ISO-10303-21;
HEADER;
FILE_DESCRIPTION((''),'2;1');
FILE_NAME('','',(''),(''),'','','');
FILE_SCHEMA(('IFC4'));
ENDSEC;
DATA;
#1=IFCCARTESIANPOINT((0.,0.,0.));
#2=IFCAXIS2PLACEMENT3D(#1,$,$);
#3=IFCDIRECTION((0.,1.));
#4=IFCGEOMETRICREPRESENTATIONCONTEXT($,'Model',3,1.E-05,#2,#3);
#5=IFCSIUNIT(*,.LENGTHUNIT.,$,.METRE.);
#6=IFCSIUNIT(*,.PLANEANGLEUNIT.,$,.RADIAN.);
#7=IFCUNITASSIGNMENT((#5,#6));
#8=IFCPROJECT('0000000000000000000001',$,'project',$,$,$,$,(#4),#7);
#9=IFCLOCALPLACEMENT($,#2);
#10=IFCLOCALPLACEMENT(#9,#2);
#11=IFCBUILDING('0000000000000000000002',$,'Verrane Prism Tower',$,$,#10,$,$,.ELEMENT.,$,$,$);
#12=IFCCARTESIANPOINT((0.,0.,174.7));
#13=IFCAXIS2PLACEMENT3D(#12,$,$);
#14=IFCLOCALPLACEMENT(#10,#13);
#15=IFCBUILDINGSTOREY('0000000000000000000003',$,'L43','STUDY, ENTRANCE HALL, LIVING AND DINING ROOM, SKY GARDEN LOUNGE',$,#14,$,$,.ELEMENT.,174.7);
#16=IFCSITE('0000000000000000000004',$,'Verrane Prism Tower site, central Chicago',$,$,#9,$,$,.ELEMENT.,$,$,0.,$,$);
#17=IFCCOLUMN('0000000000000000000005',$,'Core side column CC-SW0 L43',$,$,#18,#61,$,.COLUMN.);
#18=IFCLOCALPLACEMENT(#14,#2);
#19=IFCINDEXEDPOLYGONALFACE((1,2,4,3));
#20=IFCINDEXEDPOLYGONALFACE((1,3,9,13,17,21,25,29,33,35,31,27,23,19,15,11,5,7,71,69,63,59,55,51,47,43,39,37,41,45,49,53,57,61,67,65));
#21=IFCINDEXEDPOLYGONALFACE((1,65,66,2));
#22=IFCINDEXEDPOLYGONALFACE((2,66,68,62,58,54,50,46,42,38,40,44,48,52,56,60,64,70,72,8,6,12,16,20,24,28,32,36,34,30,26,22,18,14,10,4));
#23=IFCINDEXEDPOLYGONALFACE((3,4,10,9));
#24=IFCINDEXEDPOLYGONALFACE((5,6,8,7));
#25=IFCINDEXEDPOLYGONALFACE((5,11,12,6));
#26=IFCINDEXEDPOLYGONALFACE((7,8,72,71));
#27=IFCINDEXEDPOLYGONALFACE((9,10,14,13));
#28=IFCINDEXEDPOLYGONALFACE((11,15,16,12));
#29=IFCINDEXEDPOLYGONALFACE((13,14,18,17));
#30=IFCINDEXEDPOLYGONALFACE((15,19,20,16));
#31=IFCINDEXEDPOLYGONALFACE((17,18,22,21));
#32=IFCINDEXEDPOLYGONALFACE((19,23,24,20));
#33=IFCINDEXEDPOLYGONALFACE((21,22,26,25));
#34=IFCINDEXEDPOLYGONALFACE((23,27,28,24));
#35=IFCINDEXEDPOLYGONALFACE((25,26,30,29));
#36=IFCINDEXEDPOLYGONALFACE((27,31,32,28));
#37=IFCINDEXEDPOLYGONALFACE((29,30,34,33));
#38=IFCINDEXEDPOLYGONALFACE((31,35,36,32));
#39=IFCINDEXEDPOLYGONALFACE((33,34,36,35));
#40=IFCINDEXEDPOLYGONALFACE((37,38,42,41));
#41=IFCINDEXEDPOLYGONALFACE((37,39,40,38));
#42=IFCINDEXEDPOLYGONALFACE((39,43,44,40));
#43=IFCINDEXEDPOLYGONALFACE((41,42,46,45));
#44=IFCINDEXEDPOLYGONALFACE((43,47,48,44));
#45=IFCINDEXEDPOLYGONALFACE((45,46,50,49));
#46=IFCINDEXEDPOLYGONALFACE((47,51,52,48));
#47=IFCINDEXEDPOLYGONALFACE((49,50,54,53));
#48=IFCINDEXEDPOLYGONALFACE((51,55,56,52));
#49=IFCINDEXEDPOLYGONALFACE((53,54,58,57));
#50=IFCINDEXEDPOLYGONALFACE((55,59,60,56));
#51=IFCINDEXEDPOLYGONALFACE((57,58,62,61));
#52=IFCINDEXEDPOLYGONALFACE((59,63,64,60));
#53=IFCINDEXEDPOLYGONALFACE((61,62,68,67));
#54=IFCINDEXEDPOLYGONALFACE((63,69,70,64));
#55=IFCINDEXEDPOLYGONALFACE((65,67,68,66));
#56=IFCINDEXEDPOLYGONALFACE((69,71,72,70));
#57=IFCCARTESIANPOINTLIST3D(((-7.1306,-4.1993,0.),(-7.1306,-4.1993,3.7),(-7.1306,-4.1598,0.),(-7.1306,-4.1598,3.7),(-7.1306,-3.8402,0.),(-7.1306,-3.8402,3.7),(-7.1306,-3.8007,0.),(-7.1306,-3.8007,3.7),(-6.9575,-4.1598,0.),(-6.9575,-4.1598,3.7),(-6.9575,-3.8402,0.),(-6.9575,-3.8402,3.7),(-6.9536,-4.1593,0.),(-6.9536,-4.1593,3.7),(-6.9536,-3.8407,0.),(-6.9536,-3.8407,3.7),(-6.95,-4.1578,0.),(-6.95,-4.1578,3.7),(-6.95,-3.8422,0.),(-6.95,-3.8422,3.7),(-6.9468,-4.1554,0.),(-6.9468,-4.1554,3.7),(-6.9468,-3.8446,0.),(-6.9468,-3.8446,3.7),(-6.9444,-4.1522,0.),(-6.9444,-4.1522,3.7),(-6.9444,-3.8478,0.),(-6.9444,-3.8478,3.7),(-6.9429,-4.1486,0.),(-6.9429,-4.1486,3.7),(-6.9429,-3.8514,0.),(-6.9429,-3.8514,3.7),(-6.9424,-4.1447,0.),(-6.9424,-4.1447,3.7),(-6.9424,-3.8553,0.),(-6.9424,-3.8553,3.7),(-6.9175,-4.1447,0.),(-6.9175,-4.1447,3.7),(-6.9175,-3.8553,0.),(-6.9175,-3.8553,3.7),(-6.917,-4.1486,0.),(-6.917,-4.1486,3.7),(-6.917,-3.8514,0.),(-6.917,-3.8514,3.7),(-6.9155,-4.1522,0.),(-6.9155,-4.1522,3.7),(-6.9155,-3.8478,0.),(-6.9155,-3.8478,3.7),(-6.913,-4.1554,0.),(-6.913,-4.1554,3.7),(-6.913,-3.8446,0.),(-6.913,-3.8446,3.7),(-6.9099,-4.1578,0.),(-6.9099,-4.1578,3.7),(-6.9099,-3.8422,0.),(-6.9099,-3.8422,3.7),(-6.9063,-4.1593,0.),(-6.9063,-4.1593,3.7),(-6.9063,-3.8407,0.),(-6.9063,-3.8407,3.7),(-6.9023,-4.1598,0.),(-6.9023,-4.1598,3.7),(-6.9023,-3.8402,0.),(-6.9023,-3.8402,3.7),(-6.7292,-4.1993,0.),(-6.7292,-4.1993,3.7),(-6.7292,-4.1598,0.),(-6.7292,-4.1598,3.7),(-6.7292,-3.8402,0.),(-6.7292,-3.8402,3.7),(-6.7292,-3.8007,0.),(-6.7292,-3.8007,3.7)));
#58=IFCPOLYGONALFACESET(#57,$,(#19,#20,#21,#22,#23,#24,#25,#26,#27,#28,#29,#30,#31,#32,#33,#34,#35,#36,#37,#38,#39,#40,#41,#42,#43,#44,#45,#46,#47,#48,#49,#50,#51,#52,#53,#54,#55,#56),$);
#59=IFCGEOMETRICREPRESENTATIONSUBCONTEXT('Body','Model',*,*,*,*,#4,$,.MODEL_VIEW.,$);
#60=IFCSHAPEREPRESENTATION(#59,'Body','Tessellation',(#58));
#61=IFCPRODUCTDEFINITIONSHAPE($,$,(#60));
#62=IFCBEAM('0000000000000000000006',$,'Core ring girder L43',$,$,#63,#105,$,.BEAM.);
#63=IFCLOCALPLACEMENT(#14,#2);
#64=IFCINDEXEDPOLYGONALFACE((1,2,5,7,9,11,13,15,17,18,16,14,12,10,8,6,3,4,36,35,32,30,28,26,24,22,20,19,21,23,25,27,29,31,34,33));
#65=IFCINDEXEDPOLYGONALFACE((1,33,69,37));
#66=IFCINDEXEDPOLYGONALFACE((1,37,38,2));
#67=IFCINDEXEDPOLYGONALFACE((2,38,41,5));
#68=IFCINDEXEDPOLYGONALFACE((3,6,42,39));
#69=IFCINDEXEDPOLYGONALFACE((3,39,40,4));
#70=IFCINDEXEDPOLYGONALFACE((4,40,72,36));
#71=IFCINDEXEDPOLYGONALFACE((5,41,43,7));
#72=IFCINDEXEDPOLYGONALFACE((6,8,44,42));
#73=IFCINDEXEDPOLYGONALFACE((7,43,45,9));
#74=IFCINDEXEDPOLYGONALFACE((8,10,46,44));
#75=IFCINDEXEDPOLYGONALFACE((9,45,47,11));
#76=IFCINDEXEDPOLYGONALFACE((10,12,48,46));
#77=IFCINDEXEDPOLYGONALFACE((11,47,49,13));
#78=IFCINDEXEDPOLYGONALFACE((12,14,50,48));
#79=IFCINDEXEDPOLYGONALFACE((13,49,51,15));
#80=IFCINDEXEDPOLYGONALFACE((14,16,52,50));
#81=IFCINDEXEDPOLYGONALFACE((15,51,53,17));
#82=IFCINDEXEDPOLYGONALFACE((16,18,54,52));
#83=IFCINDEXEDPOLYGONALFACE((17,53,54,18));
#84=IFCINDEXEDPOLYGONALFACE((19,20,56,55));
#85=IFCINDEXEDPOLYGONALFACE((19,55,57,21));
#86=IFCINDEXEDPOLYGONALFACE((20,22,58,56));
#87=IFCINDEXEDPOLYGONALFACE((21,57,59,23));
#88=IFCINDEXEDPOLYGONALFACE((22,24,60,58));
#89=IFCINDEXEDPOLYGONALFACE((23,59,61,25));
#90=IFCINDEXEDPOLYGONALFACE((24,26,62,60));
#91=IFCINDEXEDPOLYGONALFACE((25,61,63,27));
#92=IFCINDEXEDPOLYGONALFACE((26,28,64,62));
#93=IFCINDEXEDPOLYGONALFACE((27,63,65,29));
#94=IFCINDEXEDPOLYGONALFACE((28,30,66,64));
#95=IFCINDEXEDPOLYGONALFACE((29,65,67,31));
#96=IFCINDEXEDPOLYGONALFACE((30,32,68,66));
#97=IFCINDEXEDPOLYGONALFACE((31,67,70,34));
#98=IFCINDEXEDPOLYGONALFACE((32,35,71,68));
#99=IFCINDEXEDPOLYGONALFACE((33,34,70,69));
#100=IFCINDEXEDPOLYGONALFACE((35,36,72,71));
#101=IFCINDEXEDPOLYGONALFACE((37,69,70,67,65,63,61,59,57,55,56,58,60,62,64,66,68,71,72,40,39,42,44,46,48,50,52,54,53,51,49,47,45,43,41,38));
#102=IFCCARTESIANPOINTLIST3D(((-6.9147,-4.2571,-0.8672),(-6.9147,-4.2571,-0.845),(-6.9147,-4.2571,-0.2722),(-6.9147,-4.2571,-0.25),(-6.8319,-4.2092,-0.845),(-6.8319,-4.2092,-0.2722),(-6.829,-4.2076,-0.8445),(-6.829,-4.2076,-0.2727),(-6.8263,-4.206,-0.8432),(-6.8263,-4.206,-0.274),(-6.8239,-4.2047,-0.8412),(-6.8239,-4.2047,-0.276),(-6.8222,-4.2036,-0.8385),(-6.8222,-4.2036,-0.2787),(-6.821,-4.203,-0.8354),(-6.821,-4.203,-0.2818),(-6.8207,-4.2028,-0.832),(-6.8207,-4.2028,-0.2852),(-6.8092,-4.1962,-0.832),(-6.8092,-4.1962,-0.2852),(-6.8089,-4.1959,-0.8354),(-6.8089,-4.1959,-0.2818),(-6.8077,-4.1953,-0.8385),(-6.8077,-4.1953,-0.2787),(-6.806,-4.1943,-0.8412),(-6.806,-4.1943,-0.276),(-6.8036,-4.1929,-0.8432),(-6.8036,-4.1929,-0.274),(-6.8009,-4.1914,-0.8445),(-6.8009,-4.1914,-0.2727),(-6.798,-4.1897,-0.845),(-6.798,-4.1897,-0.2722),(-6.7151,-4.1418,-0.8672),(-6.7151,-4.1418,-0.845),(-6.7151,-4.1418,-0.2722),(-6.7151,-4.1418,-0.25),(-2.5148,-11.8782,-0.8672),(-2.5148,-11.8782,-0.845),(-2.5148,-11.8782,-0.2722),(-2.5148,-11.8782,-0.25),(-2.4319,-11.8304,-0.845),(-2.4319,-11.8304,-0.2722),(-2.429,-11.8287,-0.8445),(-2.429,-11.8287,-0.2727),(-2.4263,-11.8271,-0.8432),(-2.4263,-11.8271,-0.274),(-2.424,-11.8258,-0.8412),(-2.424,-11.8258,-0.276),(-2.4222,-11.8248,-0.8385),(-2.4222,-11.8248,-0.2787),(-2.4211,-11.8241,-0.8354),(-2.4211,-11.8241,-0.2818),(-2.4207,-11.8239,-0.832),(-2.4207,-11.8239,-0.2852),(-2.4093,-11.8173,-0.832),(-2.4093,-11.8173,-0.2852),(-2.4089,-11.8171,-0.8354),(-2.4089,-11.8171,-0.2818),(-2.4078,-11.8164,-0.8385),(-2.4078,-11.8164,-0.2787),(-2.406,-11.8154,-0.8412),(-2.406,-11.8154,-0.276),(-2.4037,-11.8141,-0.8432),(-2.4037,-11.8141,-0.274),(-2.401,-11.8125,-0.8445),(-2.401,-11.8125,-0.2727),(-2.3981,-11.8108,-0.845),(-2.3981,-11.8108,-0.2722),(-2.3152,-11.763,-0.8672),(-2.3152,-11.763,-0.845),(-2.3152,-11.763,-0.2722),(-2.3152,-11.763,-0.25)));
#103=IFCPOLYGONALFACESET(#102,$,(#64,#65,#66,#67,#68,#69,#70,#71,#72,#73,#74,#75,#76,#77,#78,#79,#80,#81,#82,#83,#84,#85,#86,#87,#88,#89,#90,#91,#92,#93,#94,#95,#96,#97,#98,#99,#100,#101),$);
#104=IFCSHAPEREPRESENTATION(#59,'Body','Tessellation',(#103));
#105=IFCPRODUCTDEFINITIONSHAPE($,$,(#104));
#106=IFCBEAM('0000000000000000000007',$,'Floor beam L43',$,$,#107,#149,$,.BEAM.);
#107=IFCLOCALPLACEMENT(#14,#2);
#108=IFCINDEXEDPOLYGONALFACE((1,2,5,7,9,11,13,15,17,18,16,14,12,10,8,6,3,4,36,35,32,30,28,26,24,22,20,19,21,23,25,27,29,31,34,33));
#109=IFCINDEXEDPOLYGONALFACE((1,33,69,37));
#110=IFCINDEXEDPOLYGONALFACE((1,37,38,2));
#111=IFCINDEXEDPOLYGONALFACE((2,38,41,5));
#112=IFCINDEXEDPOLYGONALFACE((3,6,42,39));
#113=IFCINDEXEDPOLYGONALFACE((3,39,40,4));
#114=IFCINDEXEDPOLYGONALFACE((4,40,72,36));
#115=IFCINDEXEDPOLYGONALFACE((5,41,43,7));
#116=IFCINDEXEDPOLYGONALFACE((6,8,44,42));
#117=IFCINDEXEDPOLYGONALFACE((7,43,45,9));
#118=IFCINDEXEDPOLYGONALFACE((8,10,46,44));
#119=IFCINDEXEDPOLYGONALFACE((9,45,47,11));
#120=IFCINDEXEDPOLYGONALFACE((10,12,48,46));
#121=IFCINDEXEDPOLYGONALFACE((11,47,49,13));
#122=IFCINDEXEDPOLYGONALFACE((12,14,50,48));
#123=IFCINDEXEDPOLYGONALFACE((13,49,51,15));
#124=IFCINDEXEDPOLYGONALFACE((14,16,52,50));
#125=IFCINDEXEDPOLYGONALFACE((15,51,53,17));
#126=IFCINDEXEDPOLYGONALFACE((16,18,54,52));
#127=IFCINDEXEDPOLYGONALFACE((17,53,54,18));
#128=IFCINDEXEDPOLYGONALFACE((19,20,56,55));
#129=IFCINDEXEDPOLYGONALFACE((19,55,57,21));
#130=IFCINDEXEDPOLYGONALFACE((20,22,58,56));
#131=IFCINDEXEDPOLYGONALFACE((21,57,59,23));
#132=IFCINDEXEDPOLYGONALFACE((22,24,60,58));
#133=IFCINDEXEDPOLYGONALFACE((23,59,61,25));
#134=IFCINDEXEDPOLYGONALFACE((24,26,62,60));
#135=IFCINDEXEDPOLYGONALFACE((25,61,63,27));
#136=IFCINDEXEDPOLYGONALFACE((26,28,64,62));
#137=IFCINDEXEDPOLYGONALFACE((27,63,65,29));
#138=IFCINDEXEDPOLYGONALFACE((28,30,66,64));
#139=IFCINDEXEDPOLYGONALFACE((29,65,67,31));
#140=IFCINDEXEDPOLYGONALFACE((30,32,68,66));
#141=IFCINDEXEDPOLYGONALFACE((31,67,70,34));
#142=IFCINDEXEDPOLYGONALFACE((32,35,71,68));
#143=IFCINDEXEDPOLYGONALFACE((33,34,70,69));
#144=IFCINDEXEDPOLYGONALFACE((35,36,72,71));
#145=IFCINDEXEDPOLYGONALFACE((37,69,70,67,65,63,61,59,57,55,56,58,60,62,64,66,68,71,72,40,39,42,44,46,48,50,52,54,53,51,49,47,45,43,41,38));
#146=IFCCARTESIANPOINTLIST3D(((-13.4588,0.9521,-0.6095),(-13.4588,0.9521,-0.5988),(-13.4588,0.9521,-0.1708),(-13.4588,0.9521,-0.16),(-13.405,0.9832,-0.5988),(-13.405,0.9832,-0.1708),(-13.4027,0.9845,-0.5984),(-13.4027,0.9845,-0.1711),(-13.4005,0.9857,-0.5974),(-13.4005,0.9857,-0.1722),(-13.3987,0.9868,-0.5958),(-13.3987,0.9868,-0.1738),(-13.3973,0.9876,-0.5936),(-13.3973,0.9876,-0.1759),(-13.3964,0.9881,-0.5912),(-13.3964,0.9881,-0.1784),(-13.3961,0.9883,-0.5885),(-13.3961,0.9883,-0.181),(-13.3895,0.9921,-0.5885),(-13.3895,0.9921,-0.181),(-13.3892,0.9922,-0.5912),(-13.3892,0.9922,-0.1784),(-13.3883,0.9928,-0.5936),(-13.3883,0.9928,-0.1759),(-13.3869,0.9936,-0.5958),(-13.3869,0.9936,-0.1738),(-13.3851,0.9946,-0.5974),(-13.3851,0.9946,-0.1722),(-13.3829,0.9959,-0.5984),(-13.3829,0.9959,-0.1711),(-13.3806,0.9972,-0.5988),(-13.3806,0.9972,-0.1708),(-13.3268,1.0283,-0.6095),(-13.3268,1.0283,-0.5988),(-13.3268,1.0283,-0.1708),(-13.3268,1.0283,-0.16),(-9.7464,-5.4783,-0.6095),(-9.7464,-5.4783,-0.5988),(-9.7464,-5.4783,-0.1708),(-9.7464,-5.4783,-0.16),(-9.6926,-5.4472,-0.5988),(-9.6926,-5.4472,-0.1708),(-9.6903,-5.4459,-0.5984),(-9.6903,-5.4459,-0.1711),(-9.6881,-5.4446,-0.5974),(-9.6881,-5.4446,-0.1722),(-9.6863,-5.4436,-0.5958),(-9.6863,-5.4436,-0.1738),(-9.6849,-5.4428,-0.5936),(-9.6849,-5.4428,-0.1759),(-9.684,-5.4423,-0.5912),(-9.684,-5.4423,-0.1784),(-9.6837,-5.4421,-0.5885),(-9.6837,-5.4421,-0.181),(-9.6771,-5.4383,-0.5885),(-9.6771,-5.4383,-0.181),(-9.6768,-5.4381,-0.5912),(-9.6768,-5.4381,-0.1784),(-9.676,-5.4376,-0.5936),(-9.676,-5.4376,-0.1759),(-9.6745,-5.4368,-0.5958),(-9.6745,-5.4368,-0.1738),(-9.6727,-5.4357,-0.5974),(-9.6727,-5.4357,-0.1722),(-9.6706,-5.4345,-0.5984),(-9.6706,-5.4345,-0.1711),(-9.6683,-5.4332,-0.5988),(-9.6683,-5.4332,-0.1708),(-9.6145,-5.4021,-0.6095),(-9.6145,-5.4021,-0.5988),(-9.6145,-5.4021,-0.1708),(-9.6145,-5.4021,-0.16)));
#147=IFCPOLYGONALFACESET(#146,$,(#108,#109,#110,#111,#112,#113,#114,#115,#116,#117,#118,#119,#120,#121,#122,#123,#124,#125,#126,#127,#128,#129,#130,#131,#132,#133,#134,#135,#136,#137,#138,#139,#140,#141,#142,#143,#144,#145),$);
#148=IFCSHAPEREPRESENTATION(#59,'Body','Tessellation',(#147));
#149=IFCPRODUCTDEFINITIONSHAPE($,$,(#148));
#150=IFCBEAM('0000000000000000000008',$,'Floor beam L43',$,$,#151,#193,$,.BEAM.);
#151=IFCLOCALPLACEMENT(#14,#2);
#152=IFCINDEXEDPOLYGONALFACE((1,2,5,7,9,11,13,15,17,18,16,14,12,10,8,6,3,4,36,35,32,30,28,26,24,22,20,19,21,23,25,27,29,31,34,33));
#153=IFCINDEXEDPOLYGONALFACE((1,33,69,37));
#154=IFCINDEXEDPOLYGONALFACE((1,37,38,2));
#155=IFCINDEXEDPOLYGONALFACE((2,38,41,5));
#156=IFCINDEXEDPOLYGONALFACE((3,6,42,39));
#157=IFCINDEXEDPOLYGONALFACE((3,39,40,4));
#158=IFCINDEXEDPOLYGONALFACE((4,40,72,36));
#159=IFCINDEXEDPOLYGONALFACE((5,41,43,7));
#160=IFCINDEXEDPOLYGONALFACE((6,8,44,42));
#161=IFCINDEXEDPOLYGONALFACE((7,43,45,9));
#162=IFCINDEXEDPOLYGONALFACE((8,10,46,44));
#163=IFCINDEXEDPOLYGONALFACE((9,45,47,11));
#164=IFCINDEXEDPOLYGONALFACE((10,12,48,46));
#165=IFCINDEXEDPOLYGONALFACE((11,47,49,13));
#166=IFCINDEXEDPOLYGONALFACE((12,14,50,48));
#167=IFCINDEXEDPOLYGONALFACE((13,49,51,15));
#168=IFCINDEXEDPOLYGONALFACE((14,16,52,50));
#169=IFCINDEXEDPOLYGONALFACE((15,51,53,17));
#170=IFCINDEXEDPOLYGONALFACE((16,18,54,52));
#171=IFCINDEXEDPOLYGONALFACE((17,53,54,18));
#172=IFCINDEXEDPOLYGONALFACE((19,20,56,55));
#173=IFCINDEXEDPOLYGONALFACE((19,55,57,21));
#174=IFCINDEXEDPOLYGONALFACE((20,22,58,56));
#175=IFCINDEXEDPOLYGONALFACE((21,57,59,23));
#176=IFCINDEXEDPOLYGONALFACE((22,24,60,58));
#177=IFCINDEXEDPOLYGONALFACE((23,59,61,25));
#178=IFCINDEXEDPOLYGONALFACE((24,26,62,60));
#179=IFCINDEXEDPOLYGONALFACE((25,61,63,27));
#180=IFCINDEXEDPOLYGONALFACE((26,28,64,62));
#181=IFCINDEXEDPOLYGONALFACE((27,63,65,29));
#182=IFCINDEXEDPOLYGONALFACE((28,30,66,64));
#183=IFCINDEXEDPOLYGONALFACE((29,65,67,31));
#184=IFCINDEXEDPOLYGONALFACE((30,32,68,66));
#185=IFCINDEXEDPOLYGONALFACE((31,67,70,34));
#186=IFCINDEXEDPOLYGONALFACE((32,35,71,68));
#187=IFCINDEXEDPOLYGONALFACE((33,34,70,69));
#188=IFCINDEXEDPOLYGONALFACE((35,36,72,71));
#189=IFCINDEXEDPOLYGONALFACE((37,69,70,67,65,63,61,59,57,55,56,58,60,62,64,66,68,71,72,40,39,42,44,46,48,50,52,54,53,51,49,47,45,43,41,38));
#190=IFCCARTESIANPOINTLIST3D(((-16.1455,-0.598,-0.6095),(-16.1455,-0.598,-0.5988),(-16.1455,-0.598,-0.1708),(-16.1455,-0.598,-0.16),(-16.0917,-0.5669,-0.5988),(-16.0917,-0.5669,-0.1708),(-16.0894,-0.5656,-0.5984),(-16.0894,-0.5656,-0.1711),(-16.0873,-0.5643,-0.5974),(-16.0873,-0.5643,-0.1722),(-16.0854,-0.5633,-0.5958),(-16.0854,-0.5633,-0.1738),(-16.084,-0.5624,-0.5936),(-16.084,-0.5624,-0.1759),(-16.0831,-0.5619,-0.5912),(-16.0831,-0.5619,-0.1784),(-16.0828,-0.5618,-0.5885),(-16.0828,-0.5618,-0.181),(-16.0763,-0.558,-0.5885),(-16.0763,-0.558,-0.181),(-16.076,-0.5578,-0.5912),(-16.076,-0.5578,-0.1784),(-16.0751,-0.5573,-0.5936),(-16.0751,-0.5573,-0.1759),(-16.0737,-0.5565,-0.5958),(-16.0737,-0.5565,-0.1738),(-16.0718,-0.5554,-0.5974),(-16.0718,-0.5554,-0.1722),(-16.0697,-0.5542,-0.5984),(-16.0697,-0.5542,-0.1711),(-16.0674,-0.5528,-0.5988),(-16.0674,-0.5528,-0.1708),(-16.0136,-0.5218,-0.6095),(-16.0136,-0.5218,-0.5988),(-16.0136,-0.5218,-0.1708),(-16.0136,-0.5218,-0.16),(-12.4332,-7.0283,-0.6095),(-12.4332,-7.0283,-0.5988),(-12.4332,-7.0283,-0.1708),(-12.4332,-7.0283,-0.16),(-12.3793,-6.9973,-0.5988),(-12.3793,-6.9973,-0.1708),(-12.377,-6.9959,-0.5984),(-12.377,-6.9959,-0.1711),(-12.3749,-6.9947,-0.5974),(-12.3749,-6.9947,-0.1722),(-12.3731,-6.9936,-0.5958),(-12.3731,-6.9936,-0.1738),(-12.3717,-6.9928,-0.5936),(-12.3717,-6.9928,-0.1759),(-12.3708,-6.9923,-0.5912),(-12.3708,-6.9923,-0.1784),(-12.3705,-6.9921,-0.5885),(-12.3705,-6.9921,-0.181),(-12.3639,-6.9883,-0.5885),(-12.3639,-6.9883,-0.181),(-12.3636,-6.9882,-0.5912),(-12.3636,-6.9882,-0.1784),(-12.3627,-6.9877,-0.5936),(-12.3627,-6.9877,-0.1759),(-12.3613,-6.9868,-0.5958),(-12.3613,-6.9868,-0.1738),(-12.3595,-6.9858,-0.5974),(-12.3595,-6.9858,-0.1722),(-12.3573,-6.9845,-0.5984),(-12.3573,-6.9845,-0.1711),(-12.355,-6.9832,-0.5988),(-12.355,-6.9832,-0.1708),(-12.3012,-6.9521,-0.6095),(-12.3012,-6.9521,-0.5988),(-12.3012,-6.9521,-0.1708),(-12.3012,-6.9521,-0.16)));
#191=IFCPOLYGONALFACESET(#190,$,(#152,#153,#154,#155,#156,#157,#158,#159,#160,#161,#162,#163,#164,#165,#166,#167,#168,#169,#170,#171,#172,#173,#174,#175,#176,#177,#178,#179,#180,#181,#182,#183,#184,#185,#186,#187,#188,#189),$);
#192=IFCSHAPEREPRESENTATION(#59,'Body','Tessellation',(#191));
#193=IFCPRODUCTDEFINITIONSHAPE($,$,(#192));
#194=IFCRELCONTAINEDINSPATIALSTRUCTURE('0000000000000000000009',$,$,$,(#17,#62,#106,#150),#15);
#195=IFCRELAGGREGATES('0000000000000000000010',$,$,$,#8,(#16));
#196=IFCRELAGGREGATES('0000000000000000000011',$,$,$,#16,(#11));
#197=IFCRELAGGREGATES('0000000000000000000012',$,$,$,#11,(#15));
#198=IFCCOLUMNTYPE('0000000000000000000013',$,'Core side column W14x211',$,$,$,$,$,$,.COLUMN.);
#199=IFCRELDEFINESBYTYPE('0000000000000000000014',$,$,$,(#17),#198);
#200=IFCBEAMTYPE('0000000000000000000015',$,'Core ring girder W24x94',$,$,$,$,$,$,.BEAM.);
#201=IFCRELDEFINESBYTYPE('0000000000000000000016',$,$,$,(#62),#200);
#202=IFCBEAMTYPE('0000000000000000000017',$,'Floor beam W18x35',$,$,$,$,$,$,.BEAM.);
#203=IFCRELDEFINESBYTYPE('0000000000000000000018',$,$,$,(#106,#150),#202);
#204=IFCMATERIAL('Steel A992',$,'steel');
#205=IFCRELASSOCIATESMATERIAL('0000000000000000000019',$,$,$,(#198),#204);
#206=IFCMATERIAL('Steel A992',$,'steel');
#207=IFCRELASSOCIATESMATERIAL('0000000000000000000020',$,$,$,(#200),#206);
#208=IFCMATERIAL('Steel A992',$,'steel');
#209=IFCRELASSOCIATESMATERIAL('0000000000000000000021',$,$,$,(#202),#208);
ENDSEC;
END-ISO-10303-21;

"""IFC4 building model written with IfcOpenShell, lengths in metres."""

from ifc_helpers import new_model, si_unit, direction, frame, origin, origin_2d, place, context, subcontext, project, spatial, i_section, extrude, material, material_profile, profile_set, type_object, element, save


model = new_model("IFC4")

# Units and contexts
model_context = context("Model", 3, precision=1e-05, world=origin(), true_north=direction((0.0, 1.0)))
body_context = subcontext(model_context, "Body", "Model", "MODEL_VIEW")
ifc_project = project(units=[si_unit("LENGTHUNIT", "METRE"), si_unit("PLANEANGLEUNIT", "RADIAN")], contexts=[model_context])

# Site, building, storey
site_placement = place(None, origin())
site = spatial("IfcSite", under=ifc_project, at=site_placement, Name="Verrane Prism Tower site, central Chicago", CompositionType="ELEMENT", RefElevation=0.0)
building_placement = place(site_placement, origin())
building = spatial("IfcBuilding", under=site, at=building_placement, Name="Verrane Prism Tower", CompositionType="ELEMENT")
storey_placement = place(building_placement, frame((0.0, 0.0, 174.7)))
storey = spatial("IfcBuildingStorey", under=building, at=storey_placement, Name="L43", Description="STUDY, ENTRANCE HALL, LIVING AND DINING ROOM, SKY GARDEN LOUNGE", CompositionType="ELEMENT", Elevation=174.7)

# Column
ifc_material_1 = material(Name="Steel A992", Category="steel")
ifc_material_profile_1 = material_profile(ifc_material_1, i_section(OverallWidth=0.4014, OverallDepth=0.3987, WebThickness=0.0249, FlangeThickness=0.0396, FilletRadius=0.0151, at=origin_2d()), Name="W14x211")
ifc_profile_set_1 = profile_set([ifc_material_profile_1], Name="Steel A992")
column_type = type_object("IfcColumnType", Name="Core side column W14x211", PredefinedType="COLUMN", material=ifc_profile_set_1)
column_placement = place(storey_placement, frame((-6.9299, -4.0, 0.0), z_axis=(0.0, 0.0, 1.0), x_axis=(1.0, 0.0, 0.0)))
element("IfcColumn", 1, at=column_placement, inside=storey, type_object=column_type, Name="Core side column CC-SW0 L43", PredefinedType="COLUMN", context=body_context, shape_type="SweptSolid", body=[
    extrude(i_section(OverallWidth=0.4014, OverallDepth=0.3987, WebThickness=0.0249, FlangeThickness=0.0396, FilletRadius=0.0151, at=origin_2d()), origin(), (0.0, 0.0, 1.0), 3.7),
])

# Beams
ifc_material_2 = material(Name="Steel A992", Category="steel")
ifc_material_profile_2 = material_profile(ifc_material_2, i_section(OverallWidth=0.2305, OverallDepth=0.6172, WebThickness=0.0132, FlangeThickness=0.0222, FilletRadius=0.0129, at=origin_2d()), Name="W24x94")
ifc_profile_set_2 = profile_set([ifc_material_profile_2], Name="Steel A992")
beam_type_1 = type_object("IfcBeamType", Name="Core ring girder W24x94", PredefinedType="BEAM", material=ifc_profile_set_2)
beam_placement = place(storey_placement, frame((-6.8149, -4.1995, -0.5586), z_axis=(0.499988, -0.866032, 0.0), x_axis=(0.866032, 0.499988, 0.0)))
element("IfcBeam", 2, at=beam_placement, inside=storey, type_object=beam_type_1, Name="Core ring girder L43", PredefinedType="BEAM", context=body_context, shape_type="SweptSolid", body=[
    extrude(i_section(OverallWidth=0.2305, OverallDepth=0.6172, WebThickness=0.0132, FlangeThickness=0.0222, FilletRadius=0.0129, at=origin_2d()), origin(), (0.0, 0.0, 1.0), 8.8),
])
ifc_material_3 = material(Name="Steel A992", Category="steel")
ifc_material_profile_3 = material_profile(ifc_material_3, i_section(OverallWidth=0.1523, OverallDepth=0.4495, WebThickness=0.0076, FlangeThickness=0.0107, FilletRadius=0.0103, at=origin_2d()), Name="W18x35")
ifc_profile_set_3 = profile_set([ifc_material_profile_3], Name="Steel A992")
beam_type_2 = type_object("IfcBeamType", Name="Floor beam W18x35", PredefinedType="BEAM", material=ifc_profile_set_3)
for number, where, z_axis, x_axis, name in (
    (3, (-9.6804, -5.4402, -0.3848), (-0.49998, 0.866037, 0.0), (-0.866037, -0.49998, 0.0), "Floor beam L43"),
    (4, (-12.3672, -6.9902, -0.3848), (-0.49998, 0.866037, 0.0), (-0.866037, -0.49998, 0.0), "Floor beam L43"),
):
    element("IfcBeam", number, at=place(storey_placement, frame(where, z_axis=z_axis, x_axis=x_axis)), inside=storey, type_object=beam_type_2, Name=name, PredefinedType="BEAM", context=body_context, shape_type="SweptSolid", body=[
        extrude(i_section(OverallWidth=0.1523, OverallDepth=0.4495, WebThickness=0.0076, FlangeThickness=0.0107, FilletRadius=0.0103, at=origin_2d()), origin(), (0.0, 0.0, 1.0), 7.425),
    ])

save(model, "model.ifc")
